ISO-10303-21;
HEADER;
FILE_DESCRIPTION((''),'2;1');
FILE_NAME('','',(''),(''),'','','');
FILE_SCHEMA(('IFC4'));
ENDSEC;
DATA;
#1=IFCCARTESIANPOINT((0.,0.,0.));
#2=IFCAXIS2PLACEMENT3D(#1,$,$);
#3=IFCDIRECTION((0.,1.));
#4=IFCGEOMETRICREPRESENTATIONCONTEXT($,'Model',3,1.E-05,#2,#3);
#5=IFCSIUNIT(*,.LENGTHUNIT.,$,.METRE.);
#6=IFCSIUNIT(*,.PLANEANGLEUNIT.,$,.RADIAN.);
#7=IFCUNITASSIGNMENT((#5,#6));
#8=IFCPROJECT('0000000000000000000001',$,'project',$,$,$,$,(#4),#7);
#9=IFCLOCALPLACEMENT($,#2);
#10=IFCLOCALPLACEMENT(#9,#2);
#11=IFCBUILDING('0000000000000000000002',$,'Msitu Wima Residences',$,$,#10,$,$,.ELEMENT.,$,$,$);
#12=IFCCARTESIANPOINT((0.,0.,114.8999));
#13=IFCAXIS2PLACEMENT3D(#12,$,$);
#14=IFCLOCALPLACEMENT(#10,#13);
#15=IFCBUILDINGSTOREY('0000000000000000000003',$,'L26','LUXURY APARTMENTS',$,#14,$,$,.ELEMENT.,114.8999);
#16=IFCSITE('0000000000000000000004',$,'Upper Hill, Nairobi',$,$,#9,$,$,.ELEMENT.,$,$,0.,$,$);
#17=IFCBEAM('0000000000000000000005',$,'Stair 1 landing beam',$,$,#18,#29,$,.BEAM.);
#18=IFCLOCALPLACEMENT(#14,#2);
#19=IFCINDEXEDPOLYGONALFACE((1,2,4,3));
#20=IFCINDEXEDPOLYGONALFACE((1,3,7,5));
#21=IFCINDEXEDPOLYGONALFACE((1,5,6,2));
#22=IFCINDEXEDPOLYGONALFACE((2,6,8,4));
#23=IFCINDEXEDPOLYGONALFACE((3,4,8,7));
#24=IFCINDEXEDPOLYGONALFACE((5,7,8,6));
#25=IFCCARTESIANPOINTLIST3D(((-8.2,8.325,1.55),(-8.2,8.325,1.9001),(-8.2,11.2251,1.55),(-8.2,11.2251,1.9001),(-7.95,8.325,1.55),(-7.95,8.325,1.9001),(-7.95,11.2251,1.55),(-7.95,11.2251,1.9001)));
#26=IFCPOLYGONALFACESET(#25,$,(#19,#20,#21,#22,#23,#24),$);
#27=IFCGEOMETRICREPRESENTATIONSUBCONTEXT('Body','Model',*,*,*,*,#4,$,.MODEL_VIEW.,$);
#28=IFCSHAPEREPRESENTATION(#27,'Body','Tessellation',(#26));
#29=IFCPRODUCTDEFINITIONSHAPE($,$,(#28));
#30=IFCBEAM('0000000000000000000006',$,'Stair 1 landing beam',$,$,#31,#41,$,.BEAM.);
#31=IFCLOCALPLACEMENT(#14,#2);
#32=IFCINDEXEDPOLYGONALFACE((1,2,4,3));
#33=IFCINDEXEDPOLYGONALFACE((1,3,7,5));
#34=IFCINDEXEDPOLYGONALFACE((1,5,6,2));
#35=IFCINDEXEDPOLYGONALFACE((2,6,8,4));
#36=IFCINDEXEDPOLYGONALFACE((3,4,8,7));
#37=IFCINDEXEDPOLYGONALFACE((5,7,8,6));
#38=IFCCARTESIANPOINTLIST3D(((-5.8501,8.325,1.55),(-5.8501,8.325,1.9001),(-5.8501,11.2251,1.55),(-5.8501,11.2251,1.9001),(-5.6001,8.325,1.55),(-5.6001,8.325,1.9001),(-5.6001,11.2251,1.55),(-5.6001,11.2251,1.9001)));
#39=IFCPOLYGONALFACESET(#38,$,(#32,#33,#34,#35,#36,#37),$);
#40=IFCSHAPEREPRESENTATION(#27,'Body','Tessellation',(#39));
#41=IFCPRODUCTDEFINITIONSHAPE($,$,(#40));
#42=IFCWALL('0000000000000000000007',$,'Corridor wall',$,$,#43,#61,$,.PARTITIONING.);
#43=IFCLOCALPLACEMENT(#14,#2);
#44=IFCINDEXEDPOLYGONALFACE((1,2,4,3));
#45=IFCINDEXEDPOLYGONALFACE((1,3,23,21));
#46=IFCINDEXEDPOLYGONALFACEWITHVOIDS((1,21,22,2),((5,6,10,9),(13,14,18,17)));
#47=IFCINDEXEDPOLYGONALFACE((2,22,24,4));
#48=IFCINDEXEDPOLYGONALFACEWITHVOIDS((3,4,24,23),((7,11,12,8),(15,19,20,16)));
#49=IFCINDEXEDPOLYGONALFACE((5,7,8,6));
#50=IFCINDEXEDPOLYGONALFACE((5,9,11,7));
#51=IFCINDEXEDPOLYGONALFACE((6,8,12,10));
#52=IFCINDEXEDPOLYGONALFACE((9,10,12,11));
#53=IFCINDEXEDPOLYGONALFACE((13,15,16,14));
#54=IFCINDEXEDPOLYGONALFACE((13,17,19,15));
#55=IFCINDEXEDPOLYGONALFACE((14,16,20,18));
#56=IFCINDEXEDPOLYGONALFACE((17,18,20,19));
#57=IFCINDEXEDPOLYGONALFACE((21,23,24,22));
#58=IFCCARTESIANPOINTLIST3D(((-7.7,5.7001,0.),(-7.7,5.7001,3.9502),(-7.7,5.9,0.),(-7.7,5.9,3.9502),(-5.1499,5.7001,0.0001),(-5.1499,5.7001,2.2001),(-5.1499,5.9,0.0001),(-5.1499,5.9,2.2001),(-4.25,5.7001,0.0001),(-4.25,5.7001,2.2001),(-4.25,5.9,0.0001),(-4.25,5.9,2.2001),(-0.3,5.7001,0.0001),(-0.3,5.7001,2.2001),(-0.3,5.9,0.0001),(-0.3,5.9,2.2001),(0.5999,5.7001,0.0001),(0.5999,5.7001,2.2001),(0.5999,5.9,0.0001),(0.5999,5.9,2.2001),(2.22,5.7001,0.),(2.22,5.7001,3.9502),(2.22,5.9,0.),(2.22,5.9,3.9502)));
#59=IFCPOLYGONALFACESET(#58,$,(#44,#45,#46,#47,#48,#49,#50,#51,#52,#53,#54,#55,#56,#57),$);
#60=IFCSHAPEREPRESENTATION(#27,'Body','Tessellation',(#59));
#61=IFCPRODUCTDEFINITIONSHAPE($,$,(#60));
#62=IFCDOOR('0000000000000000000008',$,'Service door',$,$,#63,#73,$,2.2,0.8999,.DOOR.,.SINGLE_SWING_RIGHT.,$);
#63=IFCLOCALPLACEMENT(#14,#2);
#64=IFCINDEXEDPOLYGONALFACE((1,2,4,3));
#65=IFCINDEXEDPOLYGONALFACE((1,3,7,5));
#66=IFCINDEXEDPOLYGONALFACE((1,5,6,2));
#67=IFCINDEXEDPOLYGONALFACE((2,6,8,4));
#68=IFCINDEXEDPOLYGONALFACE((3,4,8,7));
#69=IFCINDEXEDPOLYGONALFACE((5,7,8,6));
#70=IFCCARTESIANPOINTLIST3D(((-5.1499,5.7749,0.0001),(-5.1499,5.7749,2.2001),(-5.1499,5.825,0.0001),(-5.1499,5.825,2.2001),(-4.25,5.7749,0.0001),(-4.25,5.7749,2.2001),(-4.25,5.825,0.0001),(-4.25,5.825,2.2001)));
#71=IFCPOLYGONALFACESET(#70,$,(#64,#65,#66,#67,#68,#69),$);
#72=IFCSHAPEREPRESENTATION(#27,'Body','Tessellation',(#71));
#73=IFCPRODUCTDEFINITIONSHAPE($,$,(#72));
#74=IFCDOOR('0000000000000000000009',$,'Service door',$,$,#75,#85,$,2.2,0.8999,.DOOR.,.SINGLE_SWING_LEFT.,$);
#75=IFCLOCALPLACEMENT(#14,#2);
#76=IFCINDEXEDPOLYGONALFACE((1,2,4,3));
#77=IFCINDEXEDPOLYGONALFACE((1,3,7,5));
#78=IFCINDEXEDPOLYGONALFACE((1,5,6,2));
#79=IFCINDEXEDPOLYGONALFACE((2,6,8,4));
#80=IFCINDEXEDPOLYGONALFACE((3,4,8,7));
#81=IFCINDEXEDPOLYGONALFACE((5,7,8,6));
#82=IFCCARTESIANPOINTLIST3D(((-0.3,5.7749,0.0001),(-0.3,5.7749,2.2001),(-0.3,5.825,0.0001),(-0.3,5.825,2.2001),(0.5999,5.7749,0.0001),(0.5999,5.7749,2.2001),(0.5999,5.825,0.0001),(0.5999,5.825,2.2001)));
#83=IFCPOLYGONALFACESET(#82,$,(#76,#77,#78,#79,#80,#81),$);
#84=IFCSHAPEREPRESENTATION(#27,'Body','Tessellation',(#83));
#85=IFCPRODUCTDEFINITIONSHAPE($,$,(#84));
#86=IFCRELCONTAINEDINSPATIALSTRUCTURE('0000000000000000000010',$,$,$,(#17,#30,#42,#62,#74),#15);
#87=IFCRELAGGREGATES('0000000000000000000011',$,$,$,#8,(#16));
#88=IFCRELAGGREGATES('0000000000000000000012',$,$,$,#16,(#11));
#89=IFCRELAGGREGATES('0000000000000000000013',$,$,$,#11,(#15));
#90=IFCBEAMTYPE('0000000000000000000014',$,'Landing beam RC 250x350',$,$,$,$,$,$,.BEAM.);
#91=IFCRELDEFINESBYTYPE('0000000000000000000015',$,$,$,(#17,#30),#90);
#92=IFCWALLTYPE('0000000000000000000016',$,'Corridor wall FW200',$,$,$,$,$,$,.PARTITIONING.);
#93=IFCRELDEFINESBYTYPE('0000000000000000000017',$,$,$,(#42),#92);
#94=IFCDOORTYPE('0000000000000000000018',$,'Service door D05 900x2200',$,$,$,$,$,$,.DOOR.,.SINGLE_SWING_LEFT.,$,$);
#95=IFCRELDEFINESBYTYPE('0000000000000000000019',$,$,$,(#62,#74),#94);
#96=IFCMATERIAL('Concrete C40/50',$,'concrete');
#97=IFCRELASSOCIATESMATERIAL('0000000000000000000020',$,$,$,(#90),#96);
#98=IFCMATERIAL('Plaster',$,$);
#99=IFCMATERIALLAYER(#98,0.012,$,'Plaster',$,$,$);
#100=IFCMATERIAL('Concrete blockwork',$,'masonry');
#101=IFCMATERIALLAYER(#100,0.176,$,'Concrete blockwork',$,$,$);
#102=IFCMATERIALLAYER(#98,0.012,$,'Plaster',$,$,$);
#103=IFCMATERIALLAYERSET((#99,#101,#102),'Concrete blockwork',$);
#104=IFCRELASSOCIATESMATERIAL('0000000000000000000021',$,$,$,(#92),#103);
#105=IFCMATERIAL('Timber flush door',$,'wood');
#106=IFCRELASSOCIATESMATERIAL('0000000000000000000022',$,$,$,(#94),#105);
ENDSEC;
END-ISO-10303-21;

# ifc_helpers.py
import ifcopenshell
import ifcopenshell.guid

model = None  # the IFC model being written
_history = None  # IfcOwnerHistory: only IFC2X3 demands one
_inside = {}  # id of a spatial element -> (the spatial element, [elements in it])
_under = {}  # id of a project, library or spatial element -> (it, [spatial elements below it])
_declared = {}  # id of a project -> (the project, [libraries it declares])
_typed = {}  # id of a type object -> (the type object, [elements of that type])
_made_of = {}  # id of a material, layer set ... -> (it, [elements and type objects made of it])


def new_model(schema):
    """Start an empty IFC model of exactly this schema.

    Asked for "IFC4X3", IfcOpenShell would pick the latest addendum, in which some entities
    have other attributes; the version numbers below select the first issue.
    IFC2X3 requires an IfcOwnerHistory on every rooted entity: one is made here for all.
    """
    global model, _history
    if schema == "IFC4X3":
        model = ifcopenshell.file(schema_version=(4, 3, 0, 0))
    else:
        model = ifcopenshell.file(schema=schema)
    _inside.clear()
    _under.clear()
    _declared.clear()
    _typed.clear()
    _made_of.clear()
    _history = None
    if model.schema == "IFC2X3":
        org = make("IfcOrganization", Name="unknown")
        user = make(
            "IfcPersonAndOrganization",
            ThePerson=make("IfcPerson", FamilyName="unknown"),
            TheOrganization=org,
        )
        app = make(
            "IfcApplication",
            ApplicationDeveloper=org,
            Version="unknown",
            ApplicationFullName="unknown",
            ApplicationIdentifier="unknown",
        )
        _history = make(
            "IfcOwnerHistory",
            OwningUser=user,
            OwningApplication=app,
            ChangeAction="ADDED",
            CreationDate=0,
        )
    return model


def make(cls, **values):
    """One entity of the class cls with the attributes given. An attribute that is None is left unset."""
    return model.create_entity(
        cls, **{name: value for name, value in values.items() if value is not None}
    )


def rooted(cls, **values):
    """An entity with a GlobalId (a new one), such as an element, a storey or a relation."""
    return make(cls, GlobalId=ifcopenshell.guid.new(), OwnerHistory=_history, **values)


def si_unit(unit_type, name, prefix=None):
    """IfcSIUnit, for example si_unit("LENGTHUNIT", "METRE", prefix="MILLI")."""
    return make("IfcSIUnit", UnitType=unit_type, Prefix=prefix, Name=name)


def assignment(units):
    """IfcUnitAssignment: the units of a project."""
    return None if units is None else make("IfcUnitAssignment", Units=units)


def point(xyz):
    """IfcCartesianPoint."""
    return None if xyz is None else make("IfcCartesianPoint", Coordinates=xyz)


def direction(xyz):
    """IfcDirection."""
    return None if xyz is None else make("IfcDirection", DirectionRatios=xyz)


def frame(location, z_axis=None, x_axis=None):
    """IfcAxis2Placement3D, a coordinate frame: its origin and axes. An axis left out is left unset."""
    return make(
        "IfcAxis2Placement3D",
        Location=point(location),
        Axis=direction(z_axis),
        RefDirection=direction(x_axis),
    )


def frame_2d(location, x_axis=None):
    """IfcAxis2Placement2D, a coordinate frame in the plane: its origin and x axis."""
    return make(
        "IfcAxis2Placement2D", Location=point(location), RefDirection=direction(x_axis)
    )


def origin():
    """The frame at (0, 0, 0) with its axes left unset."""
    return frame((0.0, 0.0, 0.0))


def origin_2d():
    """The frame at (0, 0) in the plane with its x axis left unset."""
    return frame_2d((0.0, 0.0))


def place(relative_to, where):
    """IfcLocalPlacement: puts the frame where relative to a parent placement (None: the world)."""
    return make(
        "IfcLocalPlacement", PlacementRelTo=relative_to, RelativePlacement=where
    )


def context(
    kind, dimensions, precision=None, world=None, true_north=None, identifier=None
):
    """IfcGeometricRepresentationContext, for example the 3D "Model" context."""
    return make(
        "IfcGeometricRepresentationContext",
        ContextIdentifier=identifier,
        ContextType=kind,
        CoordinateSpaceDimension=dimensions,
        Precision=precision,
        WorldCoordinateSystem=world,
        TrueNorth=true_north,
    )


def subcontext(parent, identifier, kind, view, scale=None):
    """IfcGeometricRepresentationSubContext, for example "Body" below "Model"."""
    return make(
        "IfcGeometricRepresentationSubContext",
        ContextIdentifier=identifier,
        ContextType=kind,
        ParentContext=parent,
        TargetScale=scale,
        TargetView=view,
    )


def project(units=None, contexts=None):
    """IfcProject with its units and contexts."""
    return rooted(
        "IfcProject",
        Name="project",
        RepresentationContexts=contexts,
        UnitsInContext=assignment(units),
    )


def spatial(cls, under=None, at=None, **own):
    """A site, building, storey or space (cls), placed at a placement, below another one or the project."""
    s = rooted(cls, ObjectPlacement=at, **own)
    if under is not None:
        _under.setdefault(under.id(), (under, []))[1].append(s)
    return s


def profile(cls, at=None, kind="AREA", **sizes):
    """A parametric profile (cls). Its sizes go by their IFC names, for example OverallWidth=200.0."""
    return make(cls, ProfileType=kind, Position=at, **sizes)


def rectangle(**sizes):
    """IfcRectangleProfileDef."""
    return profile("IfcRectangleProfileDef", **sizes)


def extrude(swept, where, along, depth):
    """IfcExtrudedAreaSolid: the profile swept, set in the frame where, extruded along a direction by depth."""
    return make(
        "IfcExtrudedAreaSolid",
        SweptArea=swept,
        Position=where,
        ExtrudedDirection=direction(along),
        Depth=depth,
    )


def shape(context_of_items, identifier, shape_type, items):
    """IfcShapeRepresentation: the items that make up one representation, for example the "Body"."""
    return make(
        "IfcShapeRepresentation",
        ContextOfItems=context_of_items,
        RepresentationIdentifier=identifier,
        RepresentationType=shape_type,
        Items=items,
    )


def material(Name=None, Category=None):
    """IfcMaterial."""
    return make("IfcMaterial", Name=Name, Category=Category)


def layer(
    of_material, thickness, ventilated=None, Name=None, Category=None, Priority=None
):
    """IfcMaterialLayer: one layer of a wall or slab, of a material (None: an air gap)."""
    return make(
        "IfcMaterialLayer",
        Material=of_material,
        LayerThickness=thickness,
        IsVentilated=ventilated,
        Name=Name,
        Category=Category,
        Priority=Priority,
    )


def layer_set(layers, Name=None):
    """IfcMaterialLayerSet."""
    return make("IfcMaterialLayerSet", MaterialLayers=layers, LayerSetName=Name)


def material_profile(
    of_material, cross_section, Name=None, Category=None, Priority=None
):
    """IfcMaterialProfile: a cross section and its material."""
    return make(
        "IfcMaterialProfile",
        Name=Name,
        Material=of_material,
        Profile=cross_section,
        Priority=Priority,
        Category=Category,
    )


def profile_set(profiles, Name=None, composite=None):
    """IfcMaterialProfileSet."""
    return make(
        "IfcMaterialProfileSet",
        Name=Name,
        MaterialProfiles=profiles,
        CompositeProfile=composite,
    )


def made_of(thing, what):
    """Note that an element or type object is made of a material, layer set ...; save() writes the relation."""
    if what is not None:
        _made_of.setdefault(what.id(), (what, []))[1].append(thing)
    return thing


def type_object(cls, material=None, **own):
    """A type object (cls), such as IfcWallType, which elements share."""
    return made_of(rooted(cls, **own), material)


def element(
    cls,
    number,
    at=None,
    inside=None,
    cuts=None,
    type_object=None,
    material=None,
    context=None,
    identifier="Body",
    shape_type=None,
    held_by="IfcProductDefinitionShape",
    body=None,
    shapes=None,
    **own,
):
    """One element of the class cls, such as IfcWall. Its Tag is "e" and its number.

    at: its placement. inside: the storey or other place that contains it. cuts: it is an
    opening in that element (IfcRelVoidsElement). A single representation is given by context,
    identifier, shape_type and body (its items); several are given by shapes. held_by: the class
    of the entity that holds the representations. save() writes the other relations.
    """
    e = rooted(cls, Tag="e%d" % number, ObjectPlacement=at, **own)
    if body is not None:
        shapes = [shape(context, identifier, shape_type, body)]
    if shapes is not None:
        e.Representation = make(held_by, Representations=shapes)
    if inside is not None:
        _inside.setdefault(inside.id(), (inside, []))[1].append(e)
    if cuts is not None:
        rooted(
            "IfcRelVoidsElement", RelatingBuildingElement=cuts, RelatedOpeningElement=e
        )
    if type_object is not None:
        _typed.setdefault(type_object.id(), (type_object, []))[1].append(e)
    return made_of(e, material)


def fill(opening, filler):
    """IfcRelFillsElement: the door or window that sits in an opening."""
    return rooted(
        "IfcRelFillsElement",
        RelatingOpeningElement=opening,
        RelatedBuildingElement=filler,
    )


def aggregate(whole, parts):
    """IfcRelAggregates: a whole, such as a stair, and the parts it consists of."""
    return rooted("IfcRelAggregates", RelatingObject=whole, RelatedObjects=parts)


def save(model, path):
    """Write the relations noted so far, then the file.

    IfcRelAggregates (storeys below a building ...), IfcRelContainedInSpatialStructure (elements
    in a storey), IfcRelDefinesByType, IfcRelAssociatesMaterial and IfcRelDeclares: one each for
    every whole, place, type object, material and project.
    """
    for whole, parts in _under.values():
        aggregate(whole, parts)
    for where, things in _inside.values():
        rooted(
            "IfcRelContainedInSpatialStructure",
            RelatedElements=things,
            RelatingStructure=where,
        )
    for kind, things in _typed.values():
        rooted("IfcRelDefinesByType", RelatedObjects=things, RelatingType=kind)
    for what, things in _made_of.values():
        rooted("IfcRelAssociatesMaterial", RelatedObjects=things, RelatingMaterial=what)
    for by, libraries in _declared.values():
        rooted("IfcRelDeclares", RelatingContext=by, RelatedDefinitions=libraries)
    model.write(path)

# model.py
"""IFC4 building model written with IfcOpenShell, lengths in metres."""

from ifc_helpers import new_model, si_unit, direction, frame, frame_2d, origin, origin_2d, place, context, subcontext, project, spatial, rectangle, extrude, material, layer, layer_set, material_profile, profile_set, type_object, element, fill, save


model = new_model("IFC4")

# Units and contexts
model_context = context("Model", 3, precision=1e-05, world=origin(), true_north=direction((0.0, 1.0)))
body_context = subcontext(model_context, "Body", "Model", "MODEL_VIEW")
ifc_project = project(units=[si_unit("LENGTHUNIT", "METRE"), si_unit("PLANEANGLEUNIT", "RADIAN")], contexts=[model_context])

# Site, building, storey
site_placement = place(None, origin())
site = spatial("IfcSite", under=ifc_project, at=site_placement, Name="Upper Hill, Nairobi", CompositionType="ELEMENT", RefElevation=0.0)
building_placement = place(site_placement, origin())
building = spatial("IfcBuilding", under=site, at=building_placement, Name="Msitu Wima Residences", CompositionType="ELEMENT")
storey_placement = place(building_placement, frame((0.0, 0.0, 114.8999)))
storey = spatial("IfcBuildingStorey", under=building, at=storey_placement, Name="L26", Description="LUXURY APARTMENTS", CompositionType="ELEMENT", Elevation=114.8999)

# Beams
ifc_material_1 = material(Name="Concrete C40/50", Category="concrete")
ifc_material_profile = material_profile(ifc_material_1, rectangle(XDim=0.25, YDim=0.3501, at=origin_2d()), Name="RC 250x350")
ifc_profile_set = profile_set([ifc_material_profile], Name="Concrete C40/50")
beam_type = type_object("IfcBeamType", Name="Landing beam RC 250x350", PredefinedType="BEAM", material=ifc_profile_set)
for number, where, z_axis, x_axis, name in (
    (1, (-8.075, 8.325, 1.7251), (0.0, 1.0, 0.0), (-1.0, 0.0, 0.0), "Stair 1 landing beam"),
    (2, (-5.7251, 8.325, 1.7251), (0.0, 1.0, 0.0), (-1.0, 0.0, 0.0), "Stair 1 landing beam"),
):
    element("IfcBeam", number, at=place(storey_placement, frame(where, z_axis=z_axis, x_axis=x_axis)), inside=storey, type_object=beam_type, Name=name, PredefinedType="BEAM", context=body_context, shape_type="SweptSolid", body=[
        extrude(rectangle(XDim=0.25, YDim=0.3501, at=origin_2d()), origin(), (0.0, 0.0, 1.0), 2.9001),
    ])

# Shared definitions
ifc_material_2 = material(Name="Plaster")
ifc_layer_1 = layer(ifc_material_2, 0.012, Name="Plaster")
ifc_material_3 = material(Name="Concrete blockwork", Category="masonry")
ifc_layer_2 = layer(ifc_material_3, 0.176, Name="Concrete blockwork")
ifc_layer_3 = layer(ifc_material_2, 0.012, Name="Plaster")
ifc_layer_set_1 = layer_set([ifc_layer_1, ifc_layer_2, ifc_layer_3], Name="Concrete blockwork")
wall_type_1 = type_object("IfcWallType", Name="Corridor wall FW200", PredefinedType="PARTITIONING", material=ifc_layer_set_1)

# Wall, openings, doors
wall_1_placement = place(storey_placement, frame((-7.7, 5.8, 0.0), z_axis=(0.0, 0.0, 1.0), x_axis=(1.0, 0.0, 0.0)))
wall_1 = element("IfcWall", 3, at=wall_1_placement, inside=storey, type_object=wall_type_1, Name="Corridor wall", PredefinedType="PARTITIONING", context=body_context, shape_type="SweptSolid", body=[
    extrude(rectangle(XDim=9.9199, YDim=0.2, at=frame_2d((4.96, 0.0))), origin(), (0.0, 0.0, 1.0), 3.9502),
])
opening_1_placement = place(wall_1_placement, frame((2.55, 0.0, 0.0)))
opening_1 = element("IfcOpeningElement", 4, at=opening_1_placement, cuts=wall_1, PredefinedType="OPENING", context=body_context, shape_type="SweptSolid", body=[
    extrude(rectangle(XDim=0.8999, YDim=2.2, at=frame_2d((0.45, 1.1001))), frame((0.0, 0.1099, 0.0), z_axis=(0.0, -1.0, 0.0), x_axis=(1.0, 0.0, 0.0)), (0.0, 0.0, 1.0), 0.22),
])
opening_2_placement = place(wall_1_placement, frame((7.3999, 0.0, 0.0)))
opening_2 = element("IfcOpeningElement", 5, at=opening_2_placement, cuts=wall_1, PredefinedType="OPENING", context=body_context, shape_type="SweptSolid", body=[
    extrude(rectangle(XDim=0.8999, YDim=2.2, at=frame_2d((0.45, 1.1001))), frame((0.0, 0.1099, 0.0), z_axis=(0.0, -1.0, 0.0), x_axis=(1.0, 0.0, 0.0)), (0.0, 0.0, 1.0), 0.22),
])
ifc_material_4 = material(Name="Timber flush door", Category="wood")
door_type_1 = type_object("IfcDoorType", Name="Service door D05 900x2200", OperationType="SINGLE_SWING_LEFT", PredefinedType="DOOR", material=ifc_material_4)
door_1_placement = place(opening_1_placement, origin())
door_1 = element("IfcDoor", 6, at=door_1_placement, inside=storey, type_object=door_type_1, Name="Service door", OperationType="SINGLE_SWING_RIGHT", OverallHeight=2.2, OverallWidth=0.8999, PredefinedType="DOOR", context=body_context, shape_type="SweptSolid", body=[
    extrude(rectangle(XDim=0.8999, YDim=2.2, at=frame_2d((0.45, 1.1001))), frame((0.0, 0.0249, 0.0), z_axis=(0.0, -1.0, 0.0), x_axis=(1.0, 0.0, 0.0)), (0.0, 0.0, 1.0), 0.05),
])
fill(opening_1, door_1)
door_2_placement = place(opening_2_placement, origin())
door_2 = element("IfcDoor", 7, at=door_2_placement, inside=storey, type_object=door_type_1, Name="Service door", OperationType="SINGLE_SWING_LEFT", OverallHeight=2.2, OverallWidth=0.8999, PredefinedType="DOOR", context=body_context, shape_type="SweptSolid", body=[
    extrude(rectangle(XDim=0.8999, YDim=2.2, at=frame_2d((0.45, 1.1001))), frame((0.0, 0.0249, 0.0), z_axis=(0.0, -1.0, 0.0), x_axis=(1.0, 0.0, 0.0)), (0.0, 0.0, 1.0), 0.05),
])
fill(opening_2, door_2)

save(model, "model.ifc")
